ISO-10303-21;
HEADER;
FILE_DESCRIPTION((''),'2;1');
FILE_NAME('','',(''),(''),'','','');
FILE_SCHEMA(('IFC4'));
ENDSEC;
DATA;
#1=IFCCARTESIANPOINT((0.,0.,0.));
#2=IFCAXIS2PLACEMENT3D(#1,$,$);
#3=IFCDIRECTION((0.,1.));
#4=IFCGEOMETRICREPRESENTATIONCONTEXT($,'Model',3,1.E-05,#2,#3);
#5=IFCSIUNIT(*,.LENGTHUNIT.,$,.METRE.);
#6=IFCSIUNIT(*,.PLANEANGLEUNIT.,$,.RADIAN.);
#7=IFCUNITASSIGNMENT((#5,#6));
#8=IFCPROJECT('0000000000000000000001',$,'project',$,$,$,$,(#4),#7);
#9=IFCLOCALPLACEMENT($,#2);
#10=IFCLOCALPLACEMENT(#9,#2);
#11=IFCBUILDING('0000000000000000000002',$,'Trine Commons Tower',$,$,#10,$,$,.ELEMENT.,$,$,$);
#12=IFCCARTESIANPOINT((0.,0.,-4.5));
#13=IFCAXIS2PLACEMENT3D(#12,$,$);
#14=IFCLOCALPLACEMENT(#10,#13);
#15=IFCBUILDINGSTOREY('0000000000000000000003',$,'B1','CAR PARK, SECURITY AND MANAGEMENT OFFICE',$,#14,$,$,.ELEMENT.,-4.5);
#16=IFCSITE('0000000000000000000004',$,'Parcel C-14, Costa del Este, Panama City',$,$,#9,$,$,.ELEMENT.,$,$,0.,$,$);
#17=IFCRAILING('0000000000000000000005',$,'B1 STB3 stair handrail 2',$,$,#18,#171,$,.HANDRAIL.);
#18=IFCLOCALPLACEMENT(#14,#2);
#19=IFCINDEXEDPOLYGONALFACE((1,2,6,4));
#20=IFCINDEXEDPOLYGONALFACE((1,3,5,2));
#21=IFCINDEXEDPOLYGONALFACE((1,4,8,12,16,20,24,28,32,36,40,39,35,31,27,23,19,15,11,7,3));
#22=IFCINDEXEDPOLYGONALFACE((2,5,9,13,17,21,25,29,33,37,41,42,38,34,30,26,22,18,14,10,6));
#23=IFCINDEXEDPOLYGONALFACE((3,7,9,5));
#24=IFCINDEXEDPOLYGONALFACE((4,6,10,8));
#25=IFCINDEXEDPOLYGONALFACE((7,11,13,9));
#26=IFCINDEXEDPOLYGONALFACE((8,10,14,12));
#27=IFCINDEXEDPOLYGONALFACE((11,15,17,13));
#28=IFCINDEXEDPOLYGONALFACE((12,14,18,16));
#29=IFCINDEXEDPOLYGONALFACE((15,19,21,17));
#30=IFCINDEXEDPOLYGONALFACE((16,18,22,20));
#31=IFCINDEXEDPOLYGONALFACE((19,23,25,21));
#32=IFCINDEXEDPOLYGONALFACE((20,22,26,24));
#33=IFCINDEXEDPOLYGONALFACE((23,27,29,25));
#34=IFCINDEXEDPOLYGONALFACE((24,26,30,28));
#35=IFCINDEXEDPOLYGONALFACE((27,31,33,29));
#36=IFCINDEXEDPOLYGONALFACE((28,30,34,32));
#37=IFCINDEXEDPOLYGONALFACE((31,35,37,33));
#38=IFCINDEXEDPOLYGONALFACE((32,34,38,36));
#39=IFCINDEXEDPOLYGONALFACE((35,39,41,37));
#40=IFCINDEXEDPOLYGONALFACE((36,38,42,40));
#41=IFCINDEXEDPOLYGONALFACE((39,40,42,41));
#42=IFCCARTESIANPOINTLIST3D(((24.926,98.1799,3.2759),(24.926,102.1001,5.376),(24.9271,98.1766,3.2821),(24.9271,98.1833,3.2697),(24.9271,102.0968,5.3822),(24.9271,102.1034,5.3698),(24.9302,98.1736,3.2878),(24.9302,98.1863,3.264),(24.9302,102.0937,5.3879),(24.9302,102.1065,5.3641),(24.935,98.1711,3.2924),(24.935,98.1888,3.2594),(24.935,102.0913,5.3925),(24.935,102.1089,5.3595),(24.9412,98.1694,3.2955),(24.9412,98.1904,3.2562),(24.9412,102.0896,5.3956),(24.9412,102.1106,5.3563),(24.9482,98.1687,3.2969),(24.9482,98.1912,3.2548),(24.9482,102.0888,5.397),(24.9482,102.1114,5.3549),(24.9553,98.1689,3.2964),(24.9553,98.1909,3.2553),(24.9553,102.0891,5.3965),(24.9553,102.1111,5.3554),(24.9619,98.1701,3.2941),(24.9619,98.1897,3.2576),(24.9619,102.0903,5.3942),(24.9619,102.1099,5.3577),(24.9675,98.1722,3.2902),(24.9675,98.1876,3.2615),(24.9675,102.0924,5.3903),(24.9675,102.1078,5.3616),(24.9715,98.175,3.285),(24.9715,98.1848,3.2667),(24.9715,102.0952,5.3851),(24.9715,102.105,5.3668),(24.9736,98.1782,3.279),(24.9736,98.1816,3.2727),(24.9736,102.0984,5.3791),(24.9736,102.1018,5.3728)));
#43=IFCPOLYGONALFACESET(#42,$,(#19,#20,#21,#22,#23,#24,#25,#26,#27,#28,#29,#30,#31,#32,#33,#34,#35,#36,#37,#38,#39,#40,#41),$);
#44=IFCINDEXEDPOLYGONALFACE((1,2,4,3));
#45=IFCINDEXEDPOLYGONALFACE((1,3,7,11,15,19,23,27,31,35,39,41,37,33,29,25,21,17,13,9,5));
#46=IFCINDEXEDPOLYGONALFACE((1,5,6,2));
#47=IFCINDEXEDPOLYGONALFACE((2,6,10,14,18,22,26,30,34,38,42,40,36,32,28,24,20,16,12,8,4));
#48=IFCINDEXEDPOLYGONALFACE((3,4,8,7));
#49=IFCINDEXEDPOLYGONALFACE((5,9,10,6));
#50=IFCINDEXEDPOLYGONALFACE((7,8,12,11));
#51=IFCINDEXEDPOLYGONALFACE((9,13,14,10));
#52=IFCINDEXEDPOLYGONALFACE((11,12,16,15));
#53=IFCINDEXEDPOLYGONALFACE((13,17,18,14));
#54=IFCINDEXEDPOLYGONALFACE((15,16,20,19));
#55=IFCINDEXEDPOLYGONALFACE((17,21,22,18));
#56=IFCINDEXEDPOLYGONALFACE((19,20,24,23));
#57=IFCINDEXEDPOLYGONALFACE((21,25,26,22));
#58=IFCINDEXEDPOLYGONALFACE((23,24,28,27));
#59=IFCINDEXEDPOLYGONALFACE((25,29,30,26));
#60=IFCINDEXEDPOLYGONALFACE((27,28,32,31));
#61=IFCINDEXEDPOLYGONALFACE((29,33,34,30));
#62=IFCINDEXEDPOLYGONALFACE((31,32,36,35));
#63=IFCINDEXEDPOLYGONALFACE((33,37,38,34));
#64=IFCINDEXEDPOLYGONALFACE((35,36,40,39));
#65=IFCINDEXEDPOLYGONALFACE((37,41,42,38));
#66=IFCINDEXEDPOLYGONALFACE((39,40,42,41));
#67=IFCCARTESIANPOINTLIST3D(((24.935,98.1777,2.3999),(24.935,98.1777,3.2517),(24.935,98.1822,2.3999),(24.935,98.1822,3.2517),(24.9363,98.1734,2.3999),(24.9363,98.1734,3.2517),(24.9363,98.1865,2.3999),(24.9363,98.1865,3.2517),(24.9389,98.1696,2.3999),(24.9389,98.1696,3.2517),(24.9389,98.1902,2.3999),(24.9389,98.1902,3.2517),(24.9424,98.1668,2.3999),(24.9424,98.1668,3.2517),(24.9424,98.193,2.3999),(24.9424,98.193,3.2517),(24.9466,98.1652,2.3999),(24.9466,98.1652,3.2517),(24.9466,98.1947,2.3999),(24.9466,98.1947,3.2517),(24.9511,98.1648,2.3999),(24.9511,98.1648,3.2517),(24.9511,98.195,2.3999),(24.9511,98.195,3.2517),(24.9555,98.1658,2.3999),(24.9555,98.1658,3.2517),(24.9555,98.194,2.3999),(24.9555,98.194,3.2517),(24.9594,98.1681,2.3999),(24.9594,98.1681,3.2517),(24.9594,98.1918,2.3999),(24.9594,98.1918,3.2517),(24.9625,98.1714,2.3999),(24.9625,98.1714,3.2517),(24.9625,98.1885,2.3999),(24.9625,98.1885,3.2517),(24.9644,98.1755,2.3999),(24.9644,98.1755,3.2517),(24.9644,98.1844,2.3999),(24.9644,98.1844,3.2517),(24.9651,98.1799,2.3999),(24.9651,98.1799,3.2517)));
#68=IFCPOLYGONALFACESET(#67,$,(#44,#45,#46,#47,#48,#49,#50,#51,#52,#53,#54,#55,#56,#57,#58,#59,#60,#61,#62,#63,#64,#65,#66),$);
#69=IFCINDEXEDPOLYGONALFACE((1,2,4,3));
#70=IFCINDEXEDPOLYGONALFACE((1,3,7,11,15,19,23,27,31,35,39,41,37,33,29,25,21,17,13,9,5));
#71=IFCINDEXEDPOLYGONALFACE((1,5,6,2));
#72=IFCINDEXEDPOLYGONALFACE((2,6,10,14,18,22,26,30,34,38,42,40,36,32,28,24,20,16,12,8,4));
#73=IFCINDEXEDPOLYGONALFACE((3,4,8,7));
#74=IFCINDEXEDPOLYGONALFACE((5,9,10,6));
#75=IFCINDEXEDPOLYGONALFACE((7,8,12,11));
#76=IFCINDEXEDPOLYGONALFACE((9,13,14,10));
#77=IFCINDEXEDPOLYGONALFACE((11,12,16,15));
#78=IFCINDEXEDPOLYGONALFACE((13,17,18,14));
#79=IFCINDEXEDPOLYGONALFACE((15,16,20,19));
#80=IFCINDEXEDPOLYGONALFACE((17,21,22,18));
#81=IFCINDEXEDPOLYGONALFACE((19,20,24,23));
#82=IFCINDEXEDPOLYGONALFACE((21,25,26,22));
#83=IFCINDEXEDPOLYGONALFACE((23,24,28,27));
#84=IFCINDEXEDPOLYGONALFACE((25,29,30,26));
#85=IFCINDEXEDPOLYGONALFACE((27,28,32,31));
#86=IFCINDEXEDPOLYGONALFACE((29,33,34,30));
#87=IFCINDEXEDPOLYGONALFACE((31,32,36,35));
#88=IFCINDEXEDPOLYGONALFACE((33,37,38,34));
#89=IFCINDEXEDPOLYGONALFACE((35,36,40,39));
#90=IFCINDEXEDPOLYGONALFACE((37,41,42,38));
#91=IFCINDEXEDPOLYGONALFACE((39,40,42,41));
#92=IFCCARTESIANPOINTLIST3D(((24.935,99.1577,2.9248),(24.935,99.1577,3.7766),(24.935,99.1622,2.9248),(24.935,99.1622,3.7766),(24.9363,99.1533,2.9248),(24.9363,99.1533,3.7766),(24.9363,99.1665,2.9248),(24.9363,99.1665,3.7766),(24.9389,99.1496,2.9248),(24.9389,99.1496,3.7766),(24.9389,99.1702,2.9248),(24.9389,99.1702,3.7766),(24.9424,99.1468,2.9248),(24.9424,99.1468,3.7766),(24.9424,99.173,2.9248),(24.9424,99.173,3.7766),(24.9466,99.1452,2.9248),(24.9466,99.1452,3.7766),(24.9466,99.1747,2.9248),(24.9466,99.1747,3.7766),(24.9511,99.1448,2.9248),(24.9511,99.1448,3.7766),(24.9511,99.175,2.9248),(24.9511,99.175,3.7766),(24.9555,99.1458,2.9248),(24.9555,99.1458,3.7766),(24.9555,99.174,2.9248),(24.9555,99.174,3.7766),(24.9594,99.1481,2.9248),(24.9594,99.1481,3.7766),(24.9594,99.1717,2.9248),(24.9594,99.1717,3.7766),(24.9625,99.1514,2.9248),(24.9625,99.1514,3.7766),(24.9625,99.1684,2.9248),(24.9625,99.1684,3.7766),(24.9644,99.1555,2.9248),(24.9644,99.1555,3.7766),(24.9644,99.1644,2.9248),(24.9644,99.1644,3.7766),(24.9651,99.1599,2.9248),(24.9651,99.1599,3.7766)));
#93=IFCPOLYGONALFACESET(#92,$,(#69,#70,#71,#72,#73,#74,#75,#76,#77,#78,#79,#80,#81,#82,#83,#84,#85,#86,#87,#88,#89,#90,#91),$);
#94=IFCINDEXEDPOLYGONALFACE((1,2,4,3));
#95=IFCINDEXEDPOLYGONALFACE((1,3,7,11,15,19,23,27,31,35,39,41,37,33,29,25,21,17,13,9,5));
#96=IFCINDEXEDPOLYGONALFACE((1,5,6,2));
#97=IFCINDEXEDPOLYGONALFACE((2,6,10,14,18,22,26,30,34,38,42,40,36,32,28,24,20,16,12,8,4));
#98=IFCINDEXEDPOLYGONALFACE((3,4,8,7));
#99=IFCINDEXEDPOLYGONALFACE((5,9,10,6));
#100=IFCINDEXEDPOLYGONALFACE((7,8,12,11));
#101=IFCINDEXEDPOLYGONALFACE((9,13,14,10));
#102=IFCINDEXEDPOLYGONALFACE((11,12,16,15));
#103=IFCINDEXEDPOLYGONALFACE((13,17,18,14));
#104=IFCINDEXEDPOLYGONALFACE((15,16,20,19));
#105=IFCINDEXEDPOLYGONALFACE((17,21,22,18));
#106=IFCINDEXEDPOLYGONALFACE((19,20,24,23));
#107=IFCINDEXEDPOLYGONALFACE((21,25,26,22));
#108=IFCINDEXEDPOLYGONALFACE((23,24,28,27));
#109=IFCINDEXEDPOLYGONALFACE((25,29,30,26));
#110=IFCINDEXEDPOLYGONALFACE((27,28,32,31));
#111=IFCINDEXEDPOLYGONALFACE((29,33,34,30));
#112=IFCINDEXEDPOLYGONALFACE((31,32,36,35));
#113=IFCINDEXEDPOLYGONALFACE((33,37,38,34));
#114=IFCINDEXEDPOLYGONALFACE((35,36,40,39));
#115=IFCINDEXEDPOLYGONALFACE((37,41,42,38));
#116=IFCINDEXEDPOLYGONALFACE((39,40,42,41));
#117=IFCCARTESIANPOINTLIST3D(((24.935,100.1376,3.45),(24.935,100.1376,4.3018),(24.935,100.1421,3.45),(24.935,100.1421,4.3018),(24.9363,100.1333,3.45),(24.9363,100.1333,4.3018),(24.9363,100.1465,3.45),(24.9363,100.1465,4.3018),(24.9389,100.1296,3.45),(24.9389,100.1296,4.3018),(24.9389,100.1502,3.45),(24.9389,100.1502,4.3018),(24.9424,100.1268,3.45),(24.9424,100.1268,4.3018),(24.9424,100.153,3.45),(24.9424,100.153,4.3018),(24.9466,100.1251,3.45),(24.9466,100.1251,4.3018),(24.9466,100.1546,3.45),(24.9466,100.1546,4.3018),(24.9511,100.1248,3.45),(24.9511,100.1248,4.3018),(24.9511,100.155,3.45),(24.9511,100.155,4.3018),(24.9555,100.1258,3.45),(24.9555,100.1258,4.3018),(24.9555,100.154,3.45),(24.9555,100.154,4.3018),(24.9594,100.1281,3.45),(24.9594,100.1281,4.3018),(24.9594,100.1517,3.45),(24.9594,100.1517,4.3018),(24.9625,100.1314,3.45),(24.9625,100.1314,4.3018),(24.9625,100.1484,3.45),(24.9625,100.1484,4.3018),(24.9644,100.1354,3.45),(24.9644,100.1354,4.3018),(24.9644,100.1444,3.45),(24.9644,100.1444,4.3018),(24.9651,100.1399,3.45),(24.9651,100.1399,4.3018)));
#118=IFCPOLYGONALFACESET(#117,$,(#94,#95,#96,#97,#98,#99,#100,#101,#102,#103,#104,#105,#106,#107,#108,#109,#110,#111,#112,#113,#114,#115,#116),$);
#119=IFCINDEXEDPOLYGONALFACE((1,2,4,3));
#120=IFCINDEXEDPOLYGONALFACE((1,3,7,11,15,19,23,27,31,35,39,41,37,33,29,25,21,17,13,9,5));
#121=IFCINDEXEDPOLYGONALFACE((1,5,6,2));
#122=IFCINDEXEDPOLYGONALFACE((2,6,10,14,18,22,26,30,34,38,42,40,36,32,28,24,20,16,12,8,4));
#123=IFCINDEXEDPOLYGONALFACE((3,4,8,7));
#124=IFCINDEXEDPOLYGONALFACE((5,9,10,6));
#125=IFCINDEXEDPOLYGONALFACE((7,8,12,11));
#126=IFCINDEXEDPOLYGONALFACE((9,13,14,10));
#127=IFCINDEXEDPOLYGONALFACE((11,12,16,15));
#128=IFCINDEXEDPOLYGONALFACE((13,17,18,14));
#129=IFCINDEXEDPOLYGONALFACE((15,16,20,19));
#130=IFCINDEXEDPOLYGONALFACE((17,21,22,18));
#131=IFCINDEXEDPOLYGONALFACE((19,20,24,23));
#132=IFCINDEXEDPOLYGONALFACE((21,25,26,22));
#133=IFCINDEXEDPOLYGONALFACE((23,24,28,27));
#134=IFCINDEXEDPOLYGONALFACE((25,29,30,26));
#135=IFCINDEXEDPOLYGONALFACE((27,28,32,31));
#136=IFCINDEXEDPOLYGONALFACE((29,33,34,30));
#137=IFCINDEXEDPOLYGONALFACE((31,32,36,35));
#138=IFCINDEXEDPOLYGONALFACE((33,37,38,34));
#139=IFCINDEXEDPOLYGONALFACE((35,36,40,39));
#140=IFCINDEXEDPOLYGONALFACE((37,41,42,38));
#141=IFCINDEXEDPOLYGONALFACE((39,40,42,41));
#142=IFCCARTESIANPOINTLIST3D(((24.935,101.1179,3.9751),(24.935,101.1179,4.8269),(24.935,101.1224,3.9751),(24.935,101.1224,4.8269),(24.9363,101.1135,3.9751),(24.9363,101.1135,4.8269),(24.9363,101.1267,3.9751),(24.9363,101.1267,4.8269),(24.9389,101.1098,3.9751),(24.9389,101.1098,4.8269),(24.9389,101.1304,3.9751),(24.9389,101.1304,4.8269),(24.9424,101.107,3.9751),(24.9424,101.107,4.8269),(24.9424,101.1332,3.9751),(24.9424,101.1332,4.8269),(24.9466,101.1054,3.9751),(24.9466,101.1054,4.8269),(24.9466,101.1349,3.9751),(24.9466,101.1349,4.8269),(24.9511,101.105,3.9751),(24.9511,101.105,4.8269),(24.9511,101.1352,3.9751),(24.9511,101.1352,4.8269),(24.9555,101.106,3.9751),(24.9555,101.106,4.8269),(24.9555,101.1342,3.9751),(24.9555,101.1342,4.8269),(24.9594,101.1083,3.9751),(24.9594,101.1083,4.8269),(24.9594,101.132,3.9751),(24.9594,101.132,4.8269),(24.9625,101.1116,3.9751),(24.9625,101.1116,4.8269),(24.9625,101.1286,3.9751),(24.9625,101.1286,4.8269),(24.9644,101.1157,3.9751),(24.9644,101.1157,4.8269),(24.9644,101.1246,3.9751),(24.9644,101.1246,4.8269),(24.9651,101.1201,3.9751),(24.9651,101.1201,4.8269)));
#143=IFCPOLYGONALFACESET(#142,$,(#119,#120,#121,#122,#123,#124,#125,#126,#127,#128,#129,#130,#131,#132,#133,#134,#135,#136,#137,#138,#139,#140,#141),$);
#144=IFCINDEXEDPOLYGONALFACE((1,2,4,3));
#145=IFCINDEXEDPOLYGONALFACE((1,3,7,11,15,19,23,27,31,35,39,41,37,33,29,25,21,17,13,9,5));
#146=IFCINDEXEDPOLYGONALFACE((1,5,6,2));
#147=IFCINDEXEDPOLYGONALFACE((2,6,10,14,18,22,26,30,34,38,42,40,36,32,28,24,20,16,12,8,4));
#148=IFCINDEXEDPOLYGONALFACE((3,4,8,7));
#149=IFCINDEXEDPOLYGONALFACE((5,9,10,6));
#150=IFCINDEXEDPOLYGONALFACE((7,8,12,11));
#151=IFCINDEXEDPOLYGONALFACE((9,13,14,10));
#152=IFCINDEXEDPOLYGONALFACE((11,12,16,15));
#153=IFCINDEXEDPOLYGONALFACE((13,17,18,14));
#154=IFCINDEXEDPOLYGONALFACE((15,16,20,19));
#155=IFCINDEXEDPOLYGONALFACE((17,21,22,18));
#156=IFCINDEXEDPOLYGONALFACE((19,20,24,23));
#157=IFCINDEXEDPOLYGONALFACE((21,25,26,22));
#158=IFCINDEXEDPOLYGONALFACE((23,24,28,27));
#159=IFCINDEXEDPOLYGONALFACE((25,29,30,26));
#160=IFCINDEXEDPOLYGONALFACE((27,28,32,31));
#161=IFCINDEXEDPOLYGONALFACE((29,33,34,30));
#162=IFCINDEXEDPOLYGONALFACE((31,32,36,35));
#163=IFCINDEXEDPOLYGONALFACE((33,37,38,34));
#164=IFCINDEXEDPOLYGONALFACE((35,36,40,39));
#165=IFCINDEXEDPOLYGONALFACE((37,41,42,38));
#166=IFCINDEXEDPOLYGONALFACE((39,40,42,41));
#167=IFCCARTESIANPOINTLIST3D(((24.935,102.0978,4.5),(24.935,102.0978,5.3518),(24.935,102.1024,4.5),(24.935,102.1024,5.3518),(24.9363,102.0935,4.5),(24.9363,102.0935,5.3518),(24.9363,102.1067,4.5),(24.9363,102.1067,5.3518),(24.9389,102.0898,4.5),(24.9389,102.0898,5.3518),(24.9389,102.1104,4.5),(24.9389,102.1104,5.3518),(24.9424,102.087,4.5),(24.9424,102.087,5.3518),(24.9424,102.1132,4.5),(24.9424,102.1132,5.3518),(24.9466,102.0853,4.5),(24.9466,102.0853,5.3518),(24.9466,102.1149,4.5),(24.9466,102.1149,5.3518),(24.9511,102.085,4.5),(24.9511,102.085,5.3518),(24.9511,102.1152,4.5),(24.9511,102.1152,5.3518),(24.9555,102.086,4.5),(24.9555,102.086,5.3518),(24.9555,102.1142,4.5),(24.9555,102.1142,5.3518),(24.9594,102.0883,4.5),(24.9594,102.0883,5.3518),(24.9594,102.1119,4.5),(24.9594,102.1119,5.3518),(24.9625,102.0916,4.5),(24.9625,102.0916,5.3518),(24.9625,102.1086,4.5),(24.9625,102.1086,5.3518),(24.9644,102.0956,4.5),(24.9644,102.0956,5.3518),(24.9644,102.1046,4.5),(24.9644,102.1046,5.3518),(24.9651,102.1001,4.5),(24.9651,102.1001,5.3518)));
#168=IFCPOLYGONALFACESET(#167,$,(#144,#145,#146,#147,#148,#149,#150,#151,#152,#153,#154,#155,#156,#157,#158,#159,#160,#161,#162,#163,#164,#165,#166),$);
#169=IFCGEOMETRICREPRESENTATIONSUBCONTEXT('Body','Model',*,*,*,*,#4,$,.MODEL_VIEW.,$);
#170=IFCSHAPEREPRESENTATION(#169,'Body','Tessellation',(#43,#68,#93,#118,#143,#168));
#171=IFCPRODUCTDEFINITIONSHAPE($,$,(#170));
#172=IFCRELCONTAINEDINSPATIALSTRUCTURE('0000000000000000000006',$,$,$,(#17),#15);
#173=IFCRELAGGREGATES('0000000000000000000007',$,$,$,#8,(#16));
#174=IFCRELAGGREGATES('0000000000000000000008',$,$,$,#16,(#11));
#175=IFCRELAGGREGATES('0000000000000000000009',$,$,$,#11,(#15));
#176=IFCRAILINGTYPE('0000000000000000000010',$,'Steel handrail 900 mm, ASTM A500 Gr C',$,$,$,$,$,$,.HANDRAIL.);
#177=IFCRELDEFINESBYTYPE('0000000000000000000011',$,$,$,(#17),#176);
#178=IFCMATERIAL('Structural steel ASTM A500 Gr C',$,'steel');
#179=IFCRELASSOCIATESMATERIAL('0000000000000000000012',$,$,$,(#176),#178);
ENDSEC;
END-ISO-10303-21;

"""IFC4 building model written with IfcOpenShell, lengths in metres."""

from ifc_helpers import new_model, si_unit, direction, frame, origin, origin_2d, place, context, subcontext, project, spatial, circle, extrude, material, type_object, element, save


model = new_model("IFC4")

# Units and contexts
model_context = context("Model", 3, precision=1e-05, world=origin(), true_north=direction((0.0, 1.0)))
body_context = subcontext(model_context, "Body", "Model", "MODEL_VIEW")
ifc_project = project(units=[si_unit("LENGTHUNIT", "METRE"), si_unit("PLANEANGLEUNIT", "RADIAN")], contexts=[model_context])

# Site, building, storey
site_placement = place(None, origin())
site = spatial("IfcSite", under=ifc_project, at=site_placement, Name="Parcel C-14, Costa del Este, Panama City", CompositionType="ELEMENT", RefElevation=0.0)
building_placement = place(site_placement, origin())
building = spatial("IfcBuilding", under=site, at=building_placement, Name="Trine Commons Tower", CompositionType="ELEMENT")
storey_placement = place(building_placement, frame((0.0, 0.0, -4.5)))
storey = spatial("IfcBuildingStorey", under=building, at=storey_placement, Name="B1", Description="CAR PARK, SECURITY AND MANAGEMENT OFFICE", CompositionType="ELEMENT", Elevation=-4.5)

# Railing
ifc_material_1 = material(Name="Structural steel ASTM A500 Gr C", Category="steel")
railing_type_1 = type_object("IfcRailingType", Name="Steel handrail 900 mm, ASTM A500 Gr C", PredefinedType="HANDRAIL", material=ifc_material_1)
railing_1_placement = place(storey_placement, frame((24.95, 98.1799, 2.3999)))
element("IfcRailing", 1, at=railing_1_placement, inside=storey, type_object=railing_type_1, Name="B1 STB3 stair handrail 2", PredefinedType="HANDRAIL", context=body_context, shape_type="SweptSolid", body=[
    extrude(circle(Radius=0.0239, at=origin_2d()), frame((0.0, 0.0, 0.876), z_axis=(0.0, 0.881479, 0.472223), x_axis=(-1.0, 0.0, 0.0)), (0.0, 0.0, 1.0), 4.4473),
    extrude(circle(Radius=0.0151, at=origin_2d()), origin(), (0.0, 0.0, 1.0), 0.8518),
    extrude(circle(Radius=0.0151, at=origin_2d()), frame((0.0, 0.98, 0.5249)), (0.0, 0.0, 1.0), 0.8518),
    extrude(circle(Radius=0.0151, at=origin_2d()), frame((0.0, 1.96, 1.05)), (0.0, 0.0, 1.0), 0.8518),
    extrude(circle(Radius=0.0151, at=origin_2d()), frame((0.0, 2.9402, 1.5752)), (0.0, 0.0, 1.0), 0.8518),
    extrude(circle(Radius=0.0151, at=origin_2d()), frame((0.0, 3.9202, 2.1001)), (0.0, 0.0, 1.0), 0.8518),
])

save(model, "model.ifc")
